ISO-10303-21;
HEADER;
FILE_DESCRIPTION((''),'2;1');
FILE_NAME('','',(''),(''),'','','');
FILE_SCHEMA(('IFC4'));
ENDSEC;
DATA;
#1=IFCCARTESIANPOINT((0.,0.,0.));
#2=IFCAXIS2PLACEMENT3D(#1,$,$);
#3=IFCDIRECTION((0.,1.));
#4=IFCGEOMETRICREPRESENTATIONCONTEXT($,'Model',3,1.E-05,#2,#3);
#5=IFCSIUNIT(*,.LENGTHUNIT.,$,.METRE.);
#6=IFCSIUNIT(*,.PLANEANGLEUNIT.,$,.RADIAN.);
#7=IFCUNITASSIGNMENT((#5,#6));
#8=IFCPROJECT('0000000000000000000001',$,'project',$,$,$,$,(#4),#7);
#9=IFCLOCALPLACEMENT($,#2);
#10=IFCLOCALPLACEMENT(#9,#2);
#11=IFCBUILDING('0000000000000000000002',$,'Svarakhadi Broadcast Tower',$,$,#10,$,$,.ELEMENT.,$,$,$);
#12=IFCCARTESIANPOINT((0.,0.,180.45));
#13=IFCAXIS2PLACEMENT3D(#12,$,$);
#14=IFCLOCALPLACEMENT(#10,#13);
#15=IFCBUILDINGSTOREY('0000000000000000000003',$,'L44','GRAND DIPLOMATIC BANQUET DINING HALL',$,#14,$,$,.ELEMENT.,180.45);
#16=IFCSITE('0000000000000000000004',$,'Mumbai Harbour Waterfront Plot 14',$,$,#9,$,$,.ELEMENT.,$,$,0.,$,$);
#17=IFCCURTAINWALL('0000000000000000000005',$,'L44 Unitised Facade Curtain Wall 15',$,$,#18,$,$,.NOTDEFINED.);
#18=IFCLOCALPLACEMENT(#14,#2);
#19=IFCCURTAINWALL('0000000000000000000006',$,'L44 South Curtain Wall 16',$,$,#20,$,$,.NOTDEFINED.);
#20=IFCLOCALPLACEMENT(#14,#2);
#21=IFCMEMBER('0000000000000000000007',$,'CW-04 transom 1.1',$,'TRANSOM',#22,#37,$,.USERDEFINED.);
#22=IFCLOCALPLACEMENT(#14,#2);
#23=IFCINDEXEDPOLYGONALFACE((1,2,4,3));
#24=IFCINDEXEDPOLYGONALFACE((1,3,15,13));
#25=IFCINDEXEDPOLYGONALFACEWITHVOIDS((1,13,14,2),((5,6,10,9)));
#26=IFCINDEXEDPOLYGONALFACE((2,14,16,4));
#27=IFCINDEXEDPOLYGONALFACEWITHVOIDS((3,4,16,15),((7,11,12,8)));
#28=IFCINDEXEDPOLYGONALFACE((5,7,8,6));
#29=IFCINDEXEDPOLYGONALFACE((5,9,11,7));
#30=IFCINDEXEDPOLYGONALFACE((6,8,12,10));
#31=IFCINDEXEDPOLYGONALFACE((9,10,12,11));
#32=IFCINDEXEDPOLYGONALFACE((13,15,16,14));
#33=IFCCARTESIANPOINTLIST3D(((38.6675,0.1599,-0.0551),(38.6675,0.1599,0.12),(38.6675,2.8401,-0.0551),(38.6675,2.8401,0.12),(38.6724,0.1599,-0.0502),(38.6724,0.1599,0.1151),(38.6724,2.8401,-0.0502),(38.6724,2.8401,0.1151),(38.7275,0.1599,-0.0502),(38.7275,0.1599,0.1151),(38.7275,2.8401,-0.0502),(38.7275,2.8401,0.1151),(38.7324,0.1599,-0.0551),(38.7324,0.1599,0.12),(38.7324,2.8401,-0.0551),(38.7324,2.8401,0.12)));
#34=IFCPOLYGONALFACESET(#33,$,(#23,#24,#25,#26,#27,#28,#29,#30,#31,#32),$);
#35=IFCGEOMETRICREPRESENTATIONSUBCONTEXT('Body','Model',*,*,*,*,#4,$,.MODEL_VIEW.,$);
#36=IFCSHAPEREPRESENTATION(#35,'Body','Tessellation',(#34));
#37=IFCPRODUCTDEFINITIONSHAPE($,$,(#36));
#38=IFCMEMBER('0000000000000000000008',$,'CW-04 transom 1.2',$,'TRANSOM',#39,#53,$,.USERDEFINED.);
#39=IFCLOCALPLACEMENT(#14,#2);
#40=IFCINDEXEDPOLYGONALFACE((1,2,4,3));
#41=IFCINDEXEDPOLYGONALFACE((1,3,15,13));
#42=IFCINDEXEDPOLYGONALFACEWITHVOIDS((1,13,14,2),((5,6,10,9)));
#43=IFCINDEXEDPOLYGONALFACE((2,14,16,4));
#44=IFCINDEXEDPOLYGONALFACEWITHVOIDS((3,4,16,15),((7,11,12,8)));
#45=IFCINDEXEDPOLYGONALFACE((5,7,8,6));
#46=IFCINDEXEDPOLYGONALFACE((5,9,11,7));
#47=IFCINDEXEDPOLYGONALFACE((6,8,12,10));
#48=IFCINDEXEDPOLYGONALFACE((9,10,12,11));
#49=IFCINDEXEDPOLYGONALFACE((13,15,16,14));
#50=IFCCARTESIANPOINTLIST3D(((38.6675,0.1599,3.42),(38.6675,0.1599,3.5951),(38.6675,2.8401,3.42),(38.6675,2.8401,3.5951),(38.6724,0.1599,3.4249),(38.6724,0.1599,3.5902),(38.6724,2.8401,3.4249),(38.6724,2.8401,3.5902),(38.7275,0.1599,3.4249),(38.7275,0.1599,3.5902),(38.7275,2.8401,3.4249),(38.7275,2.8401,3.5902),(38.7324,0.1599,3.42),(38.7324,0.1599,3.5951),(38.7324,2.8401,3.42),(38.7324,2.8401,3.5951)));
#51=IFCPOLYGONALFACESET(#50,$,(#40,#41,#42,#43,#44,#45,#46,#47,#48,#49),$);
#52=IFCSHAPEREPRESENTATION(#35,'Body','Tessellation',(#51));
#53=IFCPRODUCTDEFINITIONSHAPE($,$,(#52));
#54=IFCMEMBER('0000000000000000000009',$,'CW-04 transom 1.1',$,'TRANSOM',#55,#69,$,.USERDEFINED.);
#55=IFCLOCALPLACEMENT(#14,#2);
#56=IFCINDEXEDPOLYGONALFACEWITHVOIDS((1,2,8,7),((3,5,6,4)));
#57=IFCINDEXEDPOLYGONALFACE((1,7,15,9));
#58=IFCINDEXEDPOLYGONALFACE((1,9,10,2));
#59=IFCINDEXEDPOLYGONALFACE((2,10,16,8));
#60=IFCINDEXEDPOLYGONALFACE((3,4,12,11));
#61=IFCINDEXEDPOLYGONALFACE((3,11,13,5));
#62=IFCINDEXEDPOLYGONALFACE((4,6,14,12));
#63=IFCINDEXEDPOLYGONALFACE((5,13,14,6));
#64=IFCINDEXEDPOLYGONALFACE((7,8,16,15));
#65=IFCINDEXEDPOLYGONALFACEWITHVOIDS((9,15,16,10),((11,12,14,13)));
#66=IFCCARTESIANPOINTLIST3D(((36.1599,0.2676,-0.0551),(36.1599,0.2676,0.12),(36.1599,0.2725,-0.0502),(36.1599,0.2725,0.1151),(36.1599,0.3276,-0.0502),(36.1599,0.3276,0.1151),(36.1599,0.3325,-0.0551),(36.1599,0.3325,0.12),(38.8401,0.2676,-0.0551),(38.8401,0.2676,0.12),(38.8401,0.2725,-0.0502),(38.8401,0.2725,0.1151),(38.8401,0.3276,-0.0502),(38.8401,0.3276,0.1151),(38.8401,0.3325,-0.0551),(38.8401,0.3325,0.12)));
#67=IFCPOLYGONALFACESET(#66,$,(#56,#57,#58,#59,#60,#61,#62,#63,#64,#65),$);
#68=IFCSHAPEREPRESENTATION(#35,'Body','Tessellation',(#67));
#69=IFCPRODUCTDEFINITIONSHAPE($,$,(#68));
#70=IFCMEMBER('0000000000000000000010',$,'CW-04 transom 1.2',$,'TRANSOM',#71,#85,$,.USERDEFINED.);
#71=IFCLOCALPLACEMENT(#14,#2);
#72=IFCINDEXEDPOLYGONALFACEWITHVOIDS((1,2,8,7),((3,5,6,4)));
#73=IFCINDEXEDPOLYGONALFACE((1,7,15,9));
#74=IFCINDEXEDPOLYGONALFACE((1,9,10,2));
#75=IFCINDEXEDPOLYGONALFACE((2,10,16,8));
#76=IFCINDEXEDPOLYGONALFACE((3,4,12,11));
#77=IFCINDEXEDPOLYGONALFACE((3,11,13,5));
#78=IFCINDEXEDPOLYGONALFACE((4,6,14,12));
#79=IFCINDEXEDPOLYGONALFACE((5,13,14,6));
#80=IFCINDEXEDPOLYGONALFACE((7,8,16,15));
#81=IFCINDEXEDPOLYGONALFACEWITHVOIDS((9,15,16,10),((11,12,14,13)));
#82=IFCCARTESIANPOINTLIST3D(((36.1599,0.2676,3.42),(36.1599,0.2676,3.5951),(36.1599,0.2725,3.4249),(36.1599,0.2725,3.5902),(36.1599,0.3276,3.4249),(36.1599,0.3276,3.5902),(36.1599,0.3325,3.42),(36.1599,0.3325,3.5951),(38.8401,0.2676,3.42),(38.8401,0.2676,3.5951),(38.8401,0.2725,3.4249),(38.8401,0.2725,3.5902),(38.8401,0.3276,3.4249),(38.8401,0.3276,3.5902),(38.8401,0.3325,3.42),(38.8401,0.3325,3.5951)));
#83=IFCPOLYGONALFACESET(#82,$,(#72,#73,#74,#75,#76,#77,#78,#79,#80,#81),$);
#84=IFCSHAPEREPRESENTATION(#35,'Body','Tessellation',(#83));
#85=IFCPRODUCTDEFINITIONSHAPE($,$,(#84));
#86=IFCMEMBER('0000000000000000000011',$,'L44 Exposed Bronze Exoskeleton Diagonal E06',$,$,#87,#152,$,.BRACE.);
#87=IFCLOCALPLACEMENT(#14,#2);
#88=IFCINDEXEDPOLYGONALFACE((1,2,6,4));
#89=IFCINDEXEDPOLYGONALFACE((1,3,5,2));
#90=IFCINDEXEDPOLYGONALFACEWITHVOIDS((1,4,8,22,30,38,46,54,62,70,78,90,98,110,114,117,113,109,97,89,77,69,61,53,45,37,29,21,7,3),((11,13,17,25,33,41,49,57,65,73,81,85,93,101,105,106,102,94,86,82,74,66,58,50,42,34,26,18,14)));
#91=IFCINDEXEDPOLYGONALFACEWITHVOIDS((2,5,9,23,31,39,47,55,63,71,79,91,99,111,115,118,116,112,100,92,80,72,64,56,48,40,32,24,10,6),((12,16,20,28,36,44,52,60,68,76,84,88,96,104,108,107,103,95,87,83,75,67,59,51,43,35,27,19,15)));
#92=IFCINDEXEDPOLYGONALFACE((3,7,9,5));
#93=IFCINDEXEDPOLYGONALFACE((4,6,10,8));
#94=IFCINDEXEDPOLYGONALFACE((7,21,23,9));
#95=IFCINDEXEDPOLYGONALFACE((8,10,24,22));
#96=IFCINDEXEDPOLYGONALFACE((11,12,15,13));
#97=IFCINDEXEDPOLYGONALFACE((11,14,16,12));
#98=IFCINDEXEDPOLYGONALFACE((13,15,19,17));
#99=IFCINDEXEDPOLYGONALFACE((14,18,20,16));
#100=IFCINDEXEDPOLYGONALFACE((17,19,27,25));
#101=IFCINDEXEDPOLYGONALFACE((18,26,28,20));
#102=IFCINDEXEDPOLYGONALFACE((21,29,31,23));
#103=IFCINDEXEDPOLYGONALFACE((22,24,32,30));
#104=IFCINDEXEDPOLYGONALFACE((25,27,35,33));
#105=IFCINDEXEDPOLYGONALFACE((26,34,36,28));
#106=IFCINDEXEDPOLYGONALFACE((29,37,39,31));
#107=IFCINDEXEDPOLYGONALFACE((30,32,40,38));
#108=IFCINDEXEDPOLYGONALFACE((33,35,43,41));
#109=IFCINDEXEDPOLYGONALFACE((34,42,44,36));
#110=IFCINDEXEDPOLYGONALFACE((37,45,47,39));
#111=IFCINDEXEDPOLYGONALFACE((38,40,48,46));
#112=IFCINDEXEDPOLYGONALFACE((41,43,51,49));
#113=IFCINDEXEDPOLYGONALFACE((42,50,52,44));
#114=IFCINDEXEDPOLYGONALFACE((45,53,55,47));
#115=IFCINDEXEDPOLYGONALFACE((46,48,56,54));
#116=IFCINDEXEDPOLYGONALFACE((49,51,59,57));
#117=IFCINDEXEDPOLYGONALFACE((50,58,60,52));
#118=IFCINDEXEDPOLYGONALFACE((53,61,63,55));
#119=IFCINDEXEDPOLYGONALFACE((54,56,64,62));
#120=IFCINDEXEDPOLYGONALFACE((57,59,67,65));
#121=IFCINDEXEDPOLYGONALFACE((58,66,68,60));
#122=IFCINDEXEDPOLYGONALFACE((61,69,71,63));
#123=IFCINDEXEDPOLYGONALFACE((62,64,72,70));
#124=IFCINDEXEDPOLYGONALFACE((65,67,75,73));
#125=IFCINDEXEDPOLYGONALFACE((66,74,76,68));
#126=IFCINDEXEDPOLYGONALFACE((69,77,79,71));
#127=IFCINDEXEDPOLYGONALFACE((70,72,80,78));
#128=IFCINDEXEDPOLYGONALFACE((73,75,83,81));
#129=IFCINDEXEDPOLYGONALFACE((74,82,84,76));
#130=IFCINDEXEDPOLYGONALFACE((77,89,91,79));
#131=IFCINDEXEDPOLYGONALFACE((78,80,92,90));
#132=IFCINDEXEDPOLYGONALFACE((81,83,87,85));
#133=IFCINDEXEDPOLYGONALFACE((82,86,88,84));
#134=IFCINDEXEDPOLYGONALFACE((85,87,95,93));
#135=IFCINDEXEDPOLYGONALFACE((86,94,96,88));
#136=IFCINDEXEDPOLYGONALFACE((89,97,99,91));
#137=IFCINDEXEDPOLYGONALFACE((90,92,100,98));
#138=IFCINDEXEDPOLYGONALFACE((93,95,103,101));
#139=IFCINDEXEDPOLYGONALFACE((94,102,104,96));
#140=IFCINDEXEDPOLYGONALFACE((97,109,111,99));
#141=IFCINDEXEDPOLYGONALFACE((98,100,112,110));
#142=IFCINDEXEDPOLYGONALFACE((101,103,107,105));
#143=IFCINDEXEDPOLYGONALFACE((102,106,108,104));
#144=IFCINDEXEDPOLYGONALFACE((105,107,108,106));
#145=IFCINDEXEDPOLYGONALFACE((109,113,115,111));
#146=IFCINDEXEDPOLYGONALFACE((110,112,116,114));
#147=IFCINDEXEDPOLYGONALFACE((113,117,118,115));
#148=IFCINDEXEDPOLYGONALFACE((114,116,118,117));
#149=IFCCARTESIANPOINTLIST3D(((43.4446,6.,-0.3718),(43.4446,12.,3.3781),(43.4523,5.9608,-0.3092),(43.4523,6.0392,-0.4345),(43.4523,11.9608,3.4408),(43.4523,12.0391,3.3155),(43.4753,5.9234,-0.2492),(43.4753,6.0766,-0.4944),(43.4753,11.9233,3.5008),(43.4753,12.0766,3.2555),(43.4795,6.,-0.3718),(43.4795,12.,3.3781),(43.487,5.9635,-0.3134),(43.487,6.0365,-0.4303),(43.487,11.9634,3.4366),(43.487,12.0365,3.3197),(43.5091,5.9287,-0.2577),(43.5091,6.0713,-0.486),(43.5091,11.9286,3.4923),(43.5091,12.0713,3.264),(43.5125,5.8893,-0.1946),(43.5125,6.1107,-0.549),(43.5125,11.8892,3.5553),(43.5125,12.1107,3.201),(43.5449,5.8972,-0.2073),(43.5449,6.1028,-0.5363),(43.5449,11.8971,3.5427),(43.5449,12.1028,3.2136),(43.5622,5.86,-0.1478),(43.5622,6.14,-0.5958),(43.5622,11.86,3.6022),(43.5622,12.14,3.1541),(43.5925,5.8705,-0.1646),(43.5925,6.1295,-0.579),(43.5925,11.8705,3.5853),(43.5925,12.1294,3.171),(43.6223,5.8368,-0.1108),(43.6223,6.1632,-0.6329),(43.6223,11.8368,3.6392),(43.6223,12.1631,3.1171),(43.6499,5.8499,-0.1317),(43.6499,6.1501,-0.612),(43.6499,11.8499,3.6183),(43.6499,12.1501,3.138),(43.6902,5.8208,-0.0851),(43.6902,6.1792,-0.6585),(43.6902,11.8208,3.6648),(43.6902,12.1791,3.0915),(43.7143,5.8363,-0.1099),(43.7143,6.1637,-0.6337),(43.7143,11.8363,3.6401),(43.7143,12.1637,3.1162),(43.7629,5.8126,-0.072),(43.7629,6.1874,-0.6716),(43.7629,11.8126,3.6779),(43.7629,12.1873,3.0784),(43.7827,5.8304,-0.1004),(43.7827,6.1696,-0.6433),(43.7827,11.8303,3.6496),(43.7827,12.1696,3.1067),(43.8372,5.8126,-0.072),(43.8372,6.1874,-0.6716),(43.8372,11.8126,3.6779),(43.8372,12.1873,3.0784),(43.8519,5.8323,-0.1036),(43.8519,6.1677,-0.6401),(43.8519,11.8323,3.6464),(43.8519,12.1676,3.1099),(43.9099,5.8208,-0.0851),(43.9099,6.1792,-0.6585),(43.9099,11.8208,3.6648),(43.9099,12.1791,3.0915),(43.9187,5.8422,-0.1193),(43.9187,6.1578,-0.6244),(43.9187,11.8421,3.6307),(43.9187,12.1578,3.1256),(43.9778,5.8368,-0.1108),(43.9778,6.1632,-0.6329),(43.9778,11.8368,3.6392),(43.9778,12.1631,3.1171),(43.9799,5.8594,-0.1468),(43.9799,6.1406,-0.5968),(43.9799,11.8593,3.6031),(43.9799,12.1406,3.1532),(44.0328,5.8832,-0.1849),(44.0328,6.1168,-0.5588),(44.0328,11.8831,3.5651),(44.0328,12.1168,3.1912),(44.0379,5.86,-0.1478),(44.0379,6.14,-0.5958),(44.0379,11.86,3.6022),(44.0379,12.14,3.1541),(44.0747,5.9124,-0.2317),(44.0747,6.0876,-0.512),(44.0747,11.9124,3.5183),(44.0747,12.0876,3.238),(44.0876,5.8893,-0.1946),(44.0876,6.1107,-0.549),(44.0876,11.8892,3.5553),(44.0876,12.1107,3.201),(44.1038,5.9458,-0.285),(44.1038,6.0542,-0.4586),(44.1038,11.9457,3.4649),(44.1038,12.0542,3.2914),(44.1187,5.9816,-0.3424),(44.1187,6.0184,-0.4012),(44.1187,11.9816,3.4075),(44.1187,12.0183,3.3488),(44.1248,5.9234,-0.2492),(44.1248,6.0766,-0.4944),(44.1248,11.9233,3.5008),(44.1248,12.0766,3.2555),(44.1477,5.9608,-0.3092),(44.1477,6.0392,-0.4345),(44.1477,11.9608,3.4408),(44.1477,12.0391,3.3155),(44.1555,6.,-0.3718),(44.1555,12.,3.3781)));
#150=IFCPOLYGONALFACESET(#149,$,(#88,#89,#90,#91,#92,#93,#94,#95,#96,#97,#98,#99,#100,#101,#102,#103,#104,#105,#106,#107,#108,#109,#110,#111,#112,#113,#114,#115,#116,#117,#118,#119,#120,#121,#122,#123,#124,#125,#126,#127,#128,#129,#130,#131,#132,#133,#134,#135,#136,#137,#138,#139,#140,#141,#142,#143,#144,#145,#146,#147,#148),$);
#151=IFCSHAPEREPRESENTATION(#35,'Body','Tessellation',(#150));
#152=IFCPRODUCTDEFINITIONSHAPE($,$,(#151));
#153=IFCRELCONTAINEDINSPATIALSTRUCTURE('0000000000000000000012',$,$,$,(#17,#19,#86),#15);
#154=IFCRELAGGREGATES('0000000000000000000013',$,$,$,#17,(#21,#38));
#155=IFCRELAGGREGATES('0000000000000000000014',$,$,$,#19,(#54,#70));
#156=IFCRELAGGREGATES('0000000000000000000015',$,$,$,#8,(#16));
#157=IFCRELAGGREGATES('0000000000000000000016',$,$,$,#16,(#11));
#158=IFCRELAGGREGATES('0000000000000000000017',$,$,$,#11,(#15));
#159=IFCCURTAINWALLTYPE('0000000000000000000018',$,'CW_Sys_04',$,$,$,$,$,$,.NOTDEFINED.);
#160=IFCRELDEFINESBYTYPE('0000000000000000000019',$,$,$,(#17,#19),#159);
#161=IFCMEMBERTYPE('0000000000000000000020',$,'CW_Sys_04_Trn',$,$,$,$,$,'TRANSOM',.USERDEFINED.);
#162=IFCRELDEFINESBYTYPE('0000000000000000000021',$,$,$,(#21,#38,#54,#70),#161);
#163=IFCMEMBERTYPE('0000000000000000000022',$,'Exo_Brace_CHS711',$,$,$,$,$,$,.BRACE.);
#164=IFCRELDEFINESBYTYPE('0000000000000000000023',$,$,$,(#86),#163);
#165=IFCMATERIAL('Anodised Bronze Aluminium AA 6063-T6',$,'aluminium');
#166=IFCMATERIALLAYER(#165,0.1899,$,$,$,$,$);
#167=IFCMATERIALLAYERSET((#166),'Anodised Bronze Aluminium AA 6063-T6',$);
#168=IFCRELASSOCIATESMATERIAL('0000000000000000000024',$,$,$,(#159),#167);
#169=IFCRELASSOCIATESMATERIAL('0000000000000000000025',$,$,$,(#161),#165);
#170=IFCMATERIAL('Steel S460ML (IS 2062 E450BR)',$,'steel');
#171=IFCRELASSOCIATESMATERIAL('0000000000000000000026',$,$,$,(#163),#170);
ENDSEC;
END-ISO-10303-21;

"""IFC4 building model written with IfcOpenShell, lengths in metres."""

from ifc_helpers import new_model, si_unit, direction, frame, origin, origin_2d, place, context, subcontext, project, spatial, hollow_rectangle, hollow_circle, extrude, material, layer, layer_set, material_profile, profile_set, type_object, element, aggregate, save


model = new_model("IFC4")

# Units and contexts
model_context = context("Model", 3, precision=1e-05, world=origin(), true_north=direction((0.0, 1.0)))
body_context = subcontext(model_context, "Body", "Model", "MODEL_VIEW")
ifc_project = project(units=[si_unit("LENGTHUNIT", "METRE"), si_unit("PLANEANGLEUNIT", "RADIAN")], contexts=[model_context])

# Site, building, storey
site_placement = place(None, origin())
site = spatial("IfcSite", under=ifc_project, at=site_placement, Name="Mumbai Harbour Waterfront Plot 14", CompositionType="ELEMENT", RefElevation=0.0)
building_placement = place(site_placement, origin())
building = spatial("IfcBuilding", under=site, at=building_placement, Name="Svarakhadi Broadcast Tower", CompositionType="ELEMENT")
storey_placement = place(building_placement, frame((0.0, 0.0, 180.45)))
storey = spatial("IfcBuildingStorey", under=building, at=storey_placement, Name="L44", Description="GRAND DIPLOMATIC BANQUET DINING HALL", CompositionType="ELEMENT", Elevation=180.45)

# Shared definitions
ifc_material_1 = material(Name="Steel S460ML (IS 2062 E450BR)", Category="steel")

# Shared definitions
ifc_material_2 = material(Name="Anodised Bronze Aluminium AA 6063-T6", Category="aluminium")
ifc_layer_1 = layer(ifc_material_2, 0.1899)
ifc_layer_set_1 = layer_set([ifc_layer_1], Name="Anodised Bronze Aluminium AA 6063-T6")
curtain_wall_type = type_object("IfcCurtainWallType", Name="CW_Sys_04", PredefinedType="NOTDEFINED", material=ifc_layer_set_1)

# Curtain wall
curtain_wall_1_placement = place(storey_placement, origin())
curtain_wall_1 = element("IfcCurtainWall", 1, at=curtain_wall_1_placement, inside=storey, type_object=curtain_wall_type, Name="L44 Unitised Facade Curtain Wall 15", PredefinedType="NOTDEFINED")

# Curtain wall
curtain_wall_2_placement = place(storey_placement, origin())
curtain_wall_2 = element("IfcCurtainWall", 2, at=curtain_wall_2_placement, inside=storey, type_object=curtain_wall_type, Name="L44 South Curtain Wall 16", PredefinedType="NOTDEFINED")

# Members
ifc_material_profile_1 = material_profile(ifc_material_2, hollow_rectangle(XDim=0.0649, YDim=0.175, WallThickness=0.0049, at=origin_2d()), Name="ALU TRANSOM 175x65x5")
ifc_profile_set_1 = profile_set([ifc_material_profile_1], Name="Anodised Bronze Aluminium AA 6063-T6")
member_type_1 = type_object("IfcMemberType", Name="CW_Sys_04_Trn", ElementType="TRANSOM", PredefinedType="USERDEFINED", material=ifc_profile_set_1)
member_1_placement = place(storey_placement, frame((38.7, 2.8401, 0.0325), z_axis=(0.0, -1.0, 0.0), x_axis=(1.0, 0.0, 0.0)))
member_1 = element("IfcMember", 3, at=member_1_placement, type_object=member_type_1, Name="CW-04 transom 1.1", ObjectType="TRANSOM", PredefinedType="USERDEFINED", context=body_context, shape_type="SweptSolid", body=[
    extrude(hollow_rectangle(XDim=0.0649, YDim=0.175, WallThickness=0.0049, at=origin_2d()), origin(), (0.0, 0.0, 1.0), 2.6802),
])
member_2_placement = place(storey_placement, frame((38.7, 2.8401, 3.5076), z_axis=(0.0, -1.0, 0.0), x_axis=(1.0, 0.0, 0.0)))
member_2 = element("IfcMember", 4, at=member_2_placement, type_object=member_type_1, Name="CW-04 transom 1.2", ObjectType="TRANSOM", PredefinedType="USERDEFINED", context=body_context, shape_type="SweptSolid", body=[
    extrude(hollow_rectangle(XDim=0.0649, YDim=0.175, WallThickness=0.0049, at=origin_2d()), origin(), (0.0, 0.0, 1.0), 2.6802),
])
member_3_placement = place(storey_placement, frame((38.8401, 0.3, 0.0325), z_axis=(-1.0, 0.0, 0.0), x_axis=(0.0, -1.0, 0.0)))
member_3 = element("IfcMember", 5, at=member_3_placement, type_object=member_type_1, Name="CW-04 transom 1.1", ObjectType="TRANSOM", PredefinedType="USERDEFINED", context=body_context, shape_type="SweptSolid", body=[
    extrude(hollow_rectangle(XDim=0.0649, YDim=0.175, WallThickness=0.0049, at=origin_2d()), origin(), (0.0, 0.0, 1.0), 2.6802),
])
member_4_placement = place(storey_placement, frame((38.8401, 0.3, 3.5076), z_axis=(-1.0, 0.0, 0.0), x_axis=(0.0, -1.0, 0.0)))
member_4 = element("IfcMember", 6, at=member_4_placement, type_object=member_type_1, Name="CW-04 transom 1.2", ObjectType="TRANSOM", PredefinedType="USERDEFINED", context=body_context, shape_type="SweptSolid", body=[
    extrude(hollow_rectangle(XDim=0.0649, YDim=0.175, WallThickness=0.0049, at=origin_2d()), origin(), (0.0, 0.0, 1.0), 2.6802),
])

# Member
ifc_material_profile_2 = material_profile(ifc_material_1, hollow_circle(Radius=0.3555, WallThickness=0.0349, at=origin_2d()), Name="CHS 711x35")
ifc_profile_set_2 = profile_set([ifc_material_profile_2], Name="Steel S460ML (IS 2062 E450BR)")
member_type_2 = type_object("IfcMemberType", Name="Exo_Brace_CHS711", PredefinedType="BRACE", material=ifc_profile_set_2)
member_5_placement = place(storey_placement, frame((43.8, 6.0, -0.3718), z_axis=(0.0, 0.847998, 0.529999), x_axis=(-1.0, 0.0, 0.0)))
element("IfcMember", 7, at=member_5_placement, inside=storey, type_object=member_type_2, Name="L44 Exposed Bronze Exoskeleton Diagonal E06", PredefinedType="BRACE", context=body_context, shape_type="SweptSolid", body=[
    extrude(hollow_circle(Radius=0.3555, WallThickness=0.0349, at=origin_2d()), origin(), (0.0, 0.0, 1.0), 7.0754),
])

aggregate(curtain_wall_1, [member_1, member_2])
aggregate(curtain_wall_2, [member_3, member_4])

save(model, "model.ifc")
